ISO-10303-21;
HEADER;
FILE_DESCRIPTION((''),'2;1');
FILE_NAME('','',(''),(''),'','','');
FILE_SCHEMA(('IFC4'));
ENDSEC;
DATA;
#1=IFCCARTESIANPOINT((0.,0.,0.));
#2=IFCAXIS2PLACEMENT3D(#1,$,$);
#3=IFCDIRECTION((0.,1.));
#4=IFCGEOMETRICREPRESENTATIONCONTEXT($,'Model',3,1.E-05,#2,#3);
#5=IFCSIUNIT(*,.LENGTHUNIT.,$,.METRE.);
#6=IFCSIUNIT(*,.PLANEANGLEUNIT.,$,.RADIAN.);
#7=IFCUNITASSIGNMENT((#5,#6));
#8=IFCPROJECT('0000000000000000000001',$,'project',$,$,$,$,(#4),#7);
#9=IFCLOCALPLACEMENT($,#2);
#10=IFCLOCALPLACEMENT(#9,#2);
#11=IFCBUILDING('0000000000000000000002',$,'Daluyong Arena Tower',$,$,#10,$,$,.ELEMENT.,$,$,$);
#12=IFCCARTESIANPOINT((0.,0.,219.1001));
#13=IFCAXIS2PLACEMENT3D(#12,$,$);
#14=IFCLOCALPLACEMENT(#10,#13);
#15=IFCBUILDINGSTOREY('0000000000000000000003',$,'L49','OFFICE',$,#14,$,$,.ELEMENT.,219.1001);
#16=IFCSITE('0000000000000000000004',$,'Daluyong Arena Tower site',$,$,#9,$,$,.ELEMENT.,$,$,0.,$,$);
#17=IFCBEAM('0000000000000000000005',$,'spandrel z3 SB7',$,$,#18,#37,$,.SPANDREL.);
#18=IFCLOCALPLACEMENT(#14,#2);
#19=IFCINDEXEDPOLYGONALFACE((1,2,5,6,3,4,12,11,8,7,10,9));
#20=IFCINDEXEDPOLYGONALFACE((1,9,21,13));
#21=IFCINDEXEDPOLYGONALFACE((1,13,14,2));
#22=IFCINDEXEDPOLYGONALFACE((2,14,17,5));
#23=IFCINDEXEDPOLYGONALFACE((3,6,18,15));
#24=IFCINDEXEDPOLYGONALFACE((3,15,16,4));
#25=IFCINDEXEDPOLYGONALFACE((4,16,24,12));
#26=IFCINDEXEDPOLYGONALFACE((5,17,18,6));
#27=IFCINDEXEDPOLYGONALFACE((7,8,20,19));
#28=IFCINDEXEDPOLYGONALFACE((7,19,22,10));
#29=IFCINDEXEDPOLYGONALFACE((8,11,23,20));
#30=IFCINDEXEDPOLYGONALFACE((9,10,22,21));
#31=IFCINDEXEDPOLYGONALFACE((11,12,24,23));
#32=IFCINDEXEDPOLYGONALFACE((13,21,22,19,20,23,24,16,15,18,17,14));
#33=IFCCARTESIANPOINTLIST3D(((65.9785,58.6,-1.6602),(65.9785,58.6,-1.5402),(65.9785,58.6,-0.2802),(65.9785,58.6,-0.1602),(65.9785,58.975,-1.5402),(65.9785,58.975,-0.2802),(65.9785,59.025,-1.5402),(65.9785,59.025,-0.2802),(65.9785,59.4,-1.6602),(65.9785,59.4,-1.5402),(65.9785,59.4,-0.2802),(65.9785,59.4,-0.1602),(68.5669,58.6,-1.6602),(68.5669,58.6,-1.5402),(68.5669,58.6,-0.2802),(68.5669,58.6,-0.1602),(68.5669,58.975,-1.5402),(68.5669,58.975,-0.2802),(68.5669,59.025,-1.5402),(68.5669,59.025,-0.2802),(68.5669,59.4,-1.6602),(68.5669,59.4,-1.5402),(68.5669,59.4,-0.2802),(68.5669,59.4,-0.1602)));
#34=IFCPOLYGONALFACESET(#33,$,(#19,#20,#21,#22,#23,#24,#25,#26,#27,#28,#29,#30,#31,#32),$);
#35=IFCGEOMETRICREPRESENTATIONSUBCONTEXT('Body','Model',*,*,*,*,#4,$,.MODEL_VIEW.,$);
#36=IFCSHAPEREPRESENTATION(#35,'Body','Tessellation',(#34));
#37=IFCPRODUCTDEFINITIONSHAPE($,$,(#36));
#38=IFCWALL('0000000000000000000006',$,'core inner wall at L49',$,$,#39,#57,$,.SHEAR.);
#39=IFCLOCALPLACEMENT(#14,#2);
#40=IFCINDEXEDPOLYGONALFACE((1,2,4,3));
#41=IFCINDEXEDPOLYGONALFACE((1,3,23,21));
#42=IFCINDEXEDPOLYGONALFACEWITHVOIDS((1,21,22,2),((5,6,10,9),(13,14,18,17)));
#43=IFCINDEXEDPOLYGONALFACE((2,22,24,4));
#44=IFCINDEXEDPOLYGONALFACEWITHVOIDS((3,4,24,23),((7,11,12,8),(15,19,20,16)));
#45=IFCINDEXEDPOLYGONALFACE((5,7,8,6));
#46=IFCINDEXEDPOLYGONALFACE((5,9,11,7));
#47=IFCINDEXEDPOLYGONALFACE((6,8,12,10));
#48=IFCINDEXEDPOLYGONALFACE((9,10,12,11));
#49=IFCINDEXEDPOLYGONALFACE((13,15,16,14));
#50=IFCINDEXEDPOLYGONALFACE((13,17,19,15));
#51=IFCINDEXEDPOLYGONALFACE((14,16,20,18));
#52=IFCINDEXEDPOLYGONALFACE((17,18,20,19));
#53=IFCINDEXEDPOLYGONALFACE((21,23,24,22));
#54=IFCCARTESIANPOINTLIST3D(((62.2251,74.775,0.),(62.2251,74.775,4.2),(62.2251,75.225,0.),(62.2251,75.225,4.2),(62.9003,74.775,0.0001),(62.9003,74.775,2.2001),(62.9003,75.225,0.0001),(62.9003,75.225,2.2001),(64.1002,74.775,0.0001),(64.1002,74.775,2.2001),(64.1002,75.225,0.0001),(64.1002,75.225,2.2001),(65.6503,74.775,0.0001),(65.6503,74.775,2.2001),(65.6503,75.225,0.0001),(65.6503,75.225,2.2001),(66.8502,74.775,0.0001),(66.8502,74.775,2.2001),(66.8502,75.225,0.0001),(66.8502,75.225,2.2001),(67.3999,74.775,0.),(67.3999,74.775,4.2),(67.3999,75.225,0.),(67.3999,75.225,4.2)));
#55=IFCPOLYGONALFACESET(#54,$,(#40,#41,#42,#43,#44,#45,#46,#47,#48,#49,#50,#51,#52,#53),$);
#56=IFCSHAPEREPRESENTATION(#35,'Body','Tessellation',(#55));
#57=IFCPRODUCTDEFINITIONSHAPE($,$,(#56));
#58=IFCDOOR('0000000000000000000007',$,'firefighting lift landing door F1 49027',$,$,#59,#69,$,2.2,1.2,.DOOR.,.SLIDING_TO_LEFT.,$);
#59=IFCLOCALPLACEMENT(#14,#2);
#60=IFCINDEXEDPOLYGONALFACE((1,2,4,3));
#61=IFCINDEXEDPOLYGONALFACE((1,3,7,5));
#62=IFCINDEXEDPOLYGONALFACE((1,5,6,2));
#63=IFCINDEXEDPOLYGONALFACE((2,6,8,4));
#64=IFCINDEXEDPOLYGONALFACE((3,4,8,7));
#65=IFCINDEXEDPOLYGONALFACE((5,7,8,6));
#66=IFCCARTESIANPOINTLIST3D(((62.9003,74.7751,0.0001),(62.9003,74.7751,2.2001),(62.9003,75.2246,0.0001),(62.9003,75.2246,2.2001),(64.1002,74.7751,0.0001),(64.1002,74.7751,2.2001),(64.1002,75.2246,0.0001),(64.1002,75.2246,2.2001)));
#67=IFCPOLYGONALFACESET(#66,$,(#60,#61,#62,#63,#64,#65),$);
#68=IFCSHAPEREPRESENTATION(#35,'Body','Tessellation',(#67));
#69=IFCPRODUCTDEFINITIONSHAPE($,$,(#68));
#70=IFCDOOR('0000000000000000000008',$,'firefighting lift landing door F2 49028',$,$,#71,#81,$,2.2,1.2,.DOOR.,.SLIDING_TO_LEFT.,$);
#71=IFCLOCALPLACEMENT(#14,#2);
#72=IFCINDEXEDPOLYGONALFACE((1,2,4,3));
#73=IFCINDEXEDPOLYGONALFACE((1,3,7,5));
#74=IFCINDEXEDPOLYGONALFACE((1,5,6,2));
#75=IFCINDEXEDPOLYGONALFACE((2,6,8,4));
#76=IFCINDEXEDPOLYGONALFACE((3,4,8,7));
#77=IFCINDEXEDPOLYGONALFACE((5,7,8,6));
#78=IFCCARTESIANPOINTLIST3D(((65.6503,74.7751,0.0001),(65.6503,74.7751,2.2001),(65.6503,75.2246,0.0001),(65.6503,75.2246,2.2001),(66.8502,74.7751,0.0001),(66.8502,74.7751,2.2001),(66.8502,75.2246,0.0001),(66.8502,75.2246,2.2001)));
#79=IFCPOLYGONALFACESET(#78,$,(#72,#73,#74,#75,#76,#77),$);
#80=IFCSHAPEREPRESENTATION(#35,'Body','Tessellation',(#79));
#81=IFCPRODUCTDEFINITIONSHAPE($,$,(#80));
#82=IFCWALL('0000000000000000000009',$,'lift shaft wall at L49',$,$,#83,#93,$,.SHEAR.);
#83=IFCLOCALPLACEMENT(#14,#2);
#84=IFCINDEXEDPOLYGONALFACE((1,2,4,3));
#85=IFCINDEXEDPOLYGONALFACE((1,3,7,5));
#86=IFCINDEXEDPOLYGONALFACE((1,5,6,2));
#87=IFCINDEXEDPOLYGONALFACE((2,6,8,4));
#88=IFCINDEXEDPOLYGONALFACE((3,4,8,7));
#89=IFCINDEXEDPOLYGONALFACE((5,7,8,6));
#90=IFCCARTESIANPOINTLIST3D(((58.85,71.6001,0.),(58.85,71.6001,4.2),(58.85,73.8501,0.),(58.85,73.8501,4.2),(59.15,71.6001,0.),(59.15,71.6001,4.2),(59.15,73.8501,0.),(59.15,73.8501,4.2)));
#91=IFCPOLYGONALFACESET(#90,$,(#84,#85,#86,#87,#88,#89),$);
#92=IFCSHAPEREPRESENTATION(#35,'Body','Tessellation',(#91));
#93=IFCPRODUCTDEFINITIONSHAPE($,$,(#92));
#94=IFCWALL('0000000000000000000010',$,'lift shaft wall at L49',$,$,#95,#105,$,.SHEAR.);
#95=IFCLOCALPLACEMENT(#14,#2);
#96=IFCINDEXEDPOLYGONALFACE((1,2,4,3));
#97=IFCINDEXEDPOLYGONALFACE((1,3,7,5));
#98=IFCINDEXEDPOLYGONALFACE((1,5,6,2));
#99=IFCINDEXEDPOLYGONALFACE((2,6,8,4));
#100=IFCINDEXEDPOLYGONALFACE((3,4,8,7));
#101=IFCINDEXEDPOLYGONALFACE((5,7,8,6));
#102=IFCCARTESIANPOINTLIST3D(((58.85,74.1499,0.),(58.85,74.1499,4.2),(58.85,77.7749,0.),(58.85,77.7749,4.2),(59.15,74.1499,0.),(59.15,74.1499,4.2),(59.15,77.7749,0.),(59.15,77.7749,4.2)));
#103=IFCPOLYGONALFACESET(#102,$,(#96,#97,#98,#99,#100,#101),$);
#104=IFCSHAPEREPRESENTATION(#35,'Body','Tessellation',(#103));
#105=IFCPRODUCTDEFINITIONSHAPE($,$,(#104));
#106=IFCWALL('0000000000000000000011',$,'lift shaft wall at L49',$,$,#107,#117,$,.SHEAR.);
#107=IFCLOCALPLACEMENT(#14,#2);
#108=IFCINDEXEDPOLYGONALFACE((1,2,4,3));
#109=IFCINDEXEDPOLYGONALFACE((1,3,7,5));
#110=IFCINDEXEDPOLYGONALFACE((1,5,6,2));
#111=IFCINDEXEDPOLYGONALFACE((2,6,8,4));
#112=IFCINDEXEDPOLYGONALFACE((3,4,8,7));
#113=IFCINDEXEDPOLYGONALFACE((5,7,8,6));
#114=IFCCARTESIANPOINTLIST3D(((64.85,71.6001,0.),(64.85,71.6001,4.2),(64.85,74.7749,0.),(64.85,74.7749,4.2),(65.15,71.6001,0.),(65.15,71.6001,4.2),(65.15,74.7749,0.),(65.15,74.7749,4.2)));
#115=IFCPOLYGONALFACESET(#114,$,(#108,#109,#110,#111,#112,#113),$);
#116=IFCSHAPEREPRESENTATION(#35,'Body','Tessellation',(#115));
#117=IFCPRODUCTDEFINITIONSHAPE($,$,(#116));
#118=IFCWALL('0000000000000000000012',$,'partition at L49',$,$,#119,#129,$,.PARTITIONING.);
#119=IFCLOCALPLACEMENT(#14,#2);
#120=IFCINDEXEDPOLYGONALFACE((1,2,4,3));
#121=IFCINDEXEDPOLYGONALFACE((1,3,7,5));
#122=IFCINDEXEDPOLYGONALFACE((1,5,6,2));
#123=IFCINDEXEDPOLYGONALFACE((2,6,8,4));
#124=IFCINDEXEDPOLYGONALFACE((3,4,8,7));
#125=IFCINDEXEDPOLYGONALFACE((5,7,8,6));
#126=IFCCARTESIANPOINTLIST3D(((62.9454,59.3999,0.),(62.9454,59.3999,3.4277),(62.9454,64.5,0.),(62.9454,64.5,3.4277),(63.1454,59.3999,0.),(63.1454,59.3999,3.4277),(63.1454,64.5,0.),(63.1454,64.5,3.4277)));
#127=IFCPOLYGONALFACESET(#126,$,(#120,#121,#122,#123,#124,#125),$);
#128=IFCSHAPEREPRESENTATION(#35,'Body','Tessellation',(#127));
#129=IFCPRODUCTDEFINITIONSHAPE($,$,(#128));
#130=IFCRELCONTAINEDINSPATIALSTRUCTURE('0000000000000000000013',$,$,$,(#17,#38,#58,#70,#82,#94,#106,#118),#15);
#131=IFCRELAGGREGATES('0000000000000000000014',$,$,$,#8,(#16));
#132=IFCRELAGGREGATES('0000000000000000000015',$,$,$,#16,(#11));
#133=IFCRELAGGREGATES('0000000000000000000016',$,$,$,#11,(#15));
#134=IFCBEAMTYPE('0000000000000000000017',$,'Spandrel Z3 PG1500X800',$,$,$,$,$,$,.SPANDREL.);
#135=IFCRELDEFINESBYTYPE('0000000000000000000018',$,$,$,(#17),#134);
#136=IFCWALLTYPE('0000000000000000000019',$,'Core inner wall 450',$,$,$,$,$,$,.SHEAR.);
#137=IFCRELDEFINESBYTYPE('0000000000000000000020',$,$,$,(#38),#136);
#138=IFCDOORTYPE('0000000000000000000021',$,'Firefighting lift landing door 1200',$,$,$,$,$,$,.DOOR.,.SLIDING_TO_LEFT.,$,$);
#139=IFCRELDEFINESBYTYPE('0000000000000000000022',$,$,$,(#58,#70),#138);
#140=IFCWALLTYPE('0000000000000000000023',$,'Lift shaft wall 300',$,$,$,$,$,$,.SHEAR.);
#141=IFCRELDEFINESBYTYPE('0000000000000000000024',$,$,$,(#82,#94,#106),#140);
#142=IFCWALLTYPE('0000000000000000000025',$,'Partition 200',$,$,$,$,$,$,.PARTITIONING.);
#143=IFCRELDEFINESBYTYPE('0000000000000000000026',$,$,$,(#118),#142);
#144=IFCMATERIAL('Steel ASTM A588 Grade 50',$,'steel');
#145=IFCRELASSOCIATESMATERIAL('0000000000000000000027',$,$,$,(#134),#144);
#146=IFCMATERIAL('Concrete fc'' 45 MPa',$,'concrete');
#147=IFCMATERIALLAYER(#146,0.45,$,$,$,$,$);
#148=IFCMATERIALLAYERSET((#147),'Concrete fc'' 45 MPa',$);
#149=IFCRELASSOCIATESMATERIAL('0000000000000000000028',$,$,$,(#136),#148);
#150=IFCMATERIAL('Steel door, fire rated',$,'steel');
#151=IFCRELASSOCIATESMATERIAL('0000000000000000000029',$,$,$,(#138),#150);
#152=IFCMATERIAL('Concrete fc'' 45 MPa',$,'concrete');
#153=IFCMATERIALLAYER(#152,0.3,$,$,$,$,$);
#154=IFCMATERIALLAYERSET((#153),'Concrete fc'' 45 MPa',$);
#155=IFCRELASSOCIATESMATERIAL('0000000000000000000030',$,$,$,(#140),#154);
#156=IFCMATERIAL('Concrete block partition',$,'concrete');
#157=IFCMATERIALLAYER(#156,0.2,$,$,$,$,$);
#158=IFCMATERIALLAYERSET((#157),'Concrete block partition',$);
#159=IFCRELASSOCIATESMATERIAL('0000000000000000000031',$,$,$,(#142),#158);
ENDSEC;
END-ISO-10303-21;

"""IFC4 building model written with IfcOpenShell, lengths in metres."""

from ifc_helpers import new_model, si_unit, direction, frame, frame_2d, origin, origin_2d, place, context, subcontext, project, spatial, rectangle, i_section, extrude, material, layer, layer_set, material_profile, profile_set, type_object, element, fill, save


model = new_model("IFC4")

# Units and contexts
model_context = context("Model", 3, precision=1e-05, world=origin(), true_north=direction((0.0, 1.0)))
body_context = subcontext(model_context, "Body", "Model", "MODEL_VIEW")
ifc_project = project(units=[si_unit("LENGTHUNIT", "METRE"), si_unit("PLANEANGLEUNIT", "RADIAN")], contexts=[model_context])

# Site, building, storey
site_placement = place(None, origin())
site = spatial("IfcSite", under=ifc_project, at=site_placement, Name="Daluyong Arena Tower site", CompositionType="ELEMENT", RefElevation=0.0)
building_placement = place(site_placement, origin())
building = spatial("IfcBuilding", under=site, at=building_placement, Name="Daluyong Arena Tower", CompositionType="ELEMENT")
storey_placement = place(building_placement, frame((0.0, 0.0, 219.1001)))
storey = spatial("IfcBuildingStorey", under=building, at=storey_placement, Name="L49", Description="OFFICE", CompositionType="ELEMENT", Elevation=219.1001)

# Beam
ifc_material_1 = material(Name="Steel ASTM A588 Grade 50", Category="steel")
ifc_material_profile_1 = material_profile(ifc_material_1, i_section(OverallWidth=0.8, OverallDepth=1.5, WebThickness=0.05, FlangeThickness=0.12, at=origin_2d()))
ifc_profile_set_1 = profile_set([ifc_material_profile_1], Name="Steel ASTM A588 Grade 50")
beam_type_1 = type_object("IfcBeamType", Name="Spandrel Z3 PG1500X800", PredefinedType="SPANDREL", material=ifc_profile_set_1)
beam_1_placement = place(storey_placement, frame((65.9785, 59.0, -0.9102), z_axis=(1.0, 0.0, 0.0), x_axis=(0.0, 1.0, 0.0)))
element("IfcBeam", 1, at=beam_1_placement, inside=storey, type_object=beam_type_1, Name="spandrel z3 SB7", PredefinedType="SPANDREL", context=body_context, shape_type="SweptSolid", body=[
    extrude(i_section(OverallWidth=0.8, OverallDepth=1.5, WebThickness=0.05, FlangeThickness=0.12, at=origin_2d()), origin(), (0.0, 0.0, 1.0), 2.5884),
])

# Shared definitions
ifc_material_2 = material(Name="Concrete fc' 45 MPa", Category="concrete")
ifc_layer_1 = layer(ifc_material_2, 0.45)
ifc_layer_set_1 = layer_set([ifc_layer_1], Name="Concrete fc' 45 MPa")
wall_type_1 = type_object("IfcWallType", Name="Core inner wall 450", PredefinedType="SHEAR", material=ifc_layer_set_1)

# Wall, openings, doors
wall_1_placement = place(storey_placement, frame((62.2251, 75.0, 0.0), z_axis=(0.0, 0.0, 1.0), x_axis=(1.0, 0.0, 0.0)))
wall_1 = element("IfcWall", 2, at=wall_1_placement, inside=storey, type_object=wall_type_1, Name="core inner wall at L49", PredefinedType="SHEAR", context=body_context, shape_type="SweptSolid", body=[
    extrude(rectangle(XDim=5.1748, YDim=0.45, at=frame_2d((2.5874, 0.0))), origin(), (0.0, 0.0, 1.0), 4.2),
])
opening_1_placement = place(wall_1_placement, frame((0.675, 0.0, 0.0)))
opening_1 = element("IfcOpeningElement", 3, at=opening_1_placement, cuts=wall_1, PredefinedType="OPENING", context=body_context, shape_type="SweptSolid", body=[
    extrude(rectangle(XDim=1.2, YDim=2.2, at=frame_2d((0.6001, 1.1001))), frame((0.0, 0.2349, 0.0), z_axis=(0.0, -1.0, 0.0), x_axis=(1.0, 0.0, 0.0)), (0.0, 0.0, 1.0), 0.47),
])
opening_2_placement = place(wall_1_placement, frame((3.425, 0.0, 0.0)))
opening_2 = element("IfcOpeningElement", 4, at=opening_2_placement, cuts=wall_1, PredefinedType="OPENING", context=body_context, shape_type="SweptSolid", body=[
    extrude(rectangle(XDim=1.2, YDim=2.2, at=frame_2d((0.6001, 1.1001))), frame((0.0, 0.2349, 0.0), z_axis=(0.0, -1.0, 0.0), x_axis=(1.0, 0.0, 0.0)), (0.0, 0.0, 1.0), 0.47),
])
ifc_material_3 = material(Name="Steel door, fire rated", Category="steel")
door_type_1 = type_object("IfcDoorType", Name="Firefighting lift landing door 1200", OperationType="SLIDING_TO_LEFT", PredefinedType="DOOR", material=ifc_material_3)
door_1_placement = place(opening_1_placement, origin())
door_1 = element("IfcDoor", 5, at=door_1_placement, inside=storey, type_object=door_type_1, Name="firefighting lift landing door F1 49027", OperationType="SLIDING_TO_LEFT", OverallHeight=2.2, OverallWidth=1.2, PredefinedType="DOOR", context=body_context, shape_type="SweptSolid", body=[
    extrude(rectangle(XDim=1.2, YDim=2.2, at=frame_2d((0.6001, 1.1001))), frame((0.0, 0.2246, 0.0), z_axis=(0.0, -1.0, 0.0), x_axis=(1.0, 0.0, 0.0)), (0.0, 0.0, 1.0), 0.4495),
])
fill(opening_1, door_1)
door_2_placement = place(opening_2_placement, origin())
door_2 = element("IfcDoor", 6, at=door_2_placement, inside=storey, type_object=door_type_1, Name="firefighting lift landing door F2 49028", OperationType="SLIDING_TO_LEFT", OverallHeight=2.2, OverallWidth=1.2, PredefinedType="DOOR", context=body_context, shape_type="SweptSolid", body=[
    extrude(rectangle(XDim=1.2, YDim=2.2, at=frame_2d((0.6001, 1.1001))), frame((0.0, 0.2246, 0.0), z_axis=(0.0, -1.0, 0.0), x_axis=(1.0, 0.0, 0.0)), (0.0, 0.0, 1.0), 0.4495),
])
fill(opening_2, door_2)

# Walls
ifc_material_4 = material(Name="Concrete fc' 45 MPa", Category="concrete")
ifc_layer_2 = layer(ifc_material_4, 0.3)
ifc_layer_set_2 = layer_set([ifc_layer_2], Name="Concrete fc' 45 MPa")
wall_type_2 = type_object("IfcWallType", Name="Lift shaft wall 300", PredefinedType="SHEAR", material=ifc_layer_set_2)
wall_2_placement = place(storey_placement, frame((59.0, 71.6001, 0.0), z_axis=(0.0, 0.0, 1.0), x_axis=(0.0, 1.0, 0.0)))
element("IfcWall", 7, at=wall_2_placement, inside=storey, type_object=wall_type_2, Name="lift shaft wall at L49", PredefinedType="SHEAR", context=body_context, shape_type="SweptSolid", body=[
    extrude(rectangle(XDim=2.25, YDim=0.3, at=frame_2d((1.125, 0.0))), origin(), (0.0, 0.0, 1.0), 4.2),
])
wall_3_placement = place(storey_placement, frame((59.0, 74.1499, 0.0), z_axis=(0.0, 0.0, 1.0), x_axis=(0.0, 1.0, 0.0)))
element("IfcWall", 8, at=wall_3_placement, inside=storey, type_object=wall_type_2, Name="lift shaft wall at L49", PredefinedType="SHEAR", context=body_context, shape_type="SweptSolid", body=[
    extrude(rectangle(XDim=3.625, YDim=0.3, at=frame_2d((1.8125, 0.0))), origin(), (0.0, 0.0, 1.0), 4.2),
])
wall_4_placement = place(storey_placement, frame((65.0, 71.6001, 0.0), z_axis=(0.0, 0.0, 1.0), x_axis=(0.0, 1.0, 0.0)))
element("IfcWall", 9, at=wall_4_placement, inside=storey, type_object=wall_type_2, Name="lift shaft wall at L49", PredefinedType="SHEAR", context=body_context, shape_type="SweptSolid", body=[
    extrude(rectangle(XDim=3.1748, YDim=0.3, at=frame_2d((1.5874, 0.0))), origin(), (0.0, 0.0, 1.0), 4.2),
])
ifc_material_5 = material(Name="Concrete block partition", Category="concrete")
ifc_layer_3 = layer(ifc_material_5, 0.2)
ifc_layer_set_3 = layer_set([ifc_layer_3], Name="Concrete block partition")
wall_type_3 = type_object("IfcWallType", Name="Partition 200", PredefinedType="PARTITIONING", material=ifc_layer_set_3)
wall_5_placement = place(storey_placement, frame((63.0454, 59.3999, 0.0), z_axis=(0.0, 0.0, 1.0), x_axis=(0.0, 1.0, 0.0)))
element("IfcWall", 10, at=wall_5_placement, inside=storey, type_object=wall_type_3, Name="partition at L49", PredefinedType="PARTITIONING", context=body_context, shape_type="SweptSolid", body=[
    extrude(rectangle(XDim=5.1001, YDim=0.2, at=frame_2d((2.55, 0.0))), origin(), (0.0, 0.0, 1.0), 3.4277),
])

save(model, "model.ifc")
